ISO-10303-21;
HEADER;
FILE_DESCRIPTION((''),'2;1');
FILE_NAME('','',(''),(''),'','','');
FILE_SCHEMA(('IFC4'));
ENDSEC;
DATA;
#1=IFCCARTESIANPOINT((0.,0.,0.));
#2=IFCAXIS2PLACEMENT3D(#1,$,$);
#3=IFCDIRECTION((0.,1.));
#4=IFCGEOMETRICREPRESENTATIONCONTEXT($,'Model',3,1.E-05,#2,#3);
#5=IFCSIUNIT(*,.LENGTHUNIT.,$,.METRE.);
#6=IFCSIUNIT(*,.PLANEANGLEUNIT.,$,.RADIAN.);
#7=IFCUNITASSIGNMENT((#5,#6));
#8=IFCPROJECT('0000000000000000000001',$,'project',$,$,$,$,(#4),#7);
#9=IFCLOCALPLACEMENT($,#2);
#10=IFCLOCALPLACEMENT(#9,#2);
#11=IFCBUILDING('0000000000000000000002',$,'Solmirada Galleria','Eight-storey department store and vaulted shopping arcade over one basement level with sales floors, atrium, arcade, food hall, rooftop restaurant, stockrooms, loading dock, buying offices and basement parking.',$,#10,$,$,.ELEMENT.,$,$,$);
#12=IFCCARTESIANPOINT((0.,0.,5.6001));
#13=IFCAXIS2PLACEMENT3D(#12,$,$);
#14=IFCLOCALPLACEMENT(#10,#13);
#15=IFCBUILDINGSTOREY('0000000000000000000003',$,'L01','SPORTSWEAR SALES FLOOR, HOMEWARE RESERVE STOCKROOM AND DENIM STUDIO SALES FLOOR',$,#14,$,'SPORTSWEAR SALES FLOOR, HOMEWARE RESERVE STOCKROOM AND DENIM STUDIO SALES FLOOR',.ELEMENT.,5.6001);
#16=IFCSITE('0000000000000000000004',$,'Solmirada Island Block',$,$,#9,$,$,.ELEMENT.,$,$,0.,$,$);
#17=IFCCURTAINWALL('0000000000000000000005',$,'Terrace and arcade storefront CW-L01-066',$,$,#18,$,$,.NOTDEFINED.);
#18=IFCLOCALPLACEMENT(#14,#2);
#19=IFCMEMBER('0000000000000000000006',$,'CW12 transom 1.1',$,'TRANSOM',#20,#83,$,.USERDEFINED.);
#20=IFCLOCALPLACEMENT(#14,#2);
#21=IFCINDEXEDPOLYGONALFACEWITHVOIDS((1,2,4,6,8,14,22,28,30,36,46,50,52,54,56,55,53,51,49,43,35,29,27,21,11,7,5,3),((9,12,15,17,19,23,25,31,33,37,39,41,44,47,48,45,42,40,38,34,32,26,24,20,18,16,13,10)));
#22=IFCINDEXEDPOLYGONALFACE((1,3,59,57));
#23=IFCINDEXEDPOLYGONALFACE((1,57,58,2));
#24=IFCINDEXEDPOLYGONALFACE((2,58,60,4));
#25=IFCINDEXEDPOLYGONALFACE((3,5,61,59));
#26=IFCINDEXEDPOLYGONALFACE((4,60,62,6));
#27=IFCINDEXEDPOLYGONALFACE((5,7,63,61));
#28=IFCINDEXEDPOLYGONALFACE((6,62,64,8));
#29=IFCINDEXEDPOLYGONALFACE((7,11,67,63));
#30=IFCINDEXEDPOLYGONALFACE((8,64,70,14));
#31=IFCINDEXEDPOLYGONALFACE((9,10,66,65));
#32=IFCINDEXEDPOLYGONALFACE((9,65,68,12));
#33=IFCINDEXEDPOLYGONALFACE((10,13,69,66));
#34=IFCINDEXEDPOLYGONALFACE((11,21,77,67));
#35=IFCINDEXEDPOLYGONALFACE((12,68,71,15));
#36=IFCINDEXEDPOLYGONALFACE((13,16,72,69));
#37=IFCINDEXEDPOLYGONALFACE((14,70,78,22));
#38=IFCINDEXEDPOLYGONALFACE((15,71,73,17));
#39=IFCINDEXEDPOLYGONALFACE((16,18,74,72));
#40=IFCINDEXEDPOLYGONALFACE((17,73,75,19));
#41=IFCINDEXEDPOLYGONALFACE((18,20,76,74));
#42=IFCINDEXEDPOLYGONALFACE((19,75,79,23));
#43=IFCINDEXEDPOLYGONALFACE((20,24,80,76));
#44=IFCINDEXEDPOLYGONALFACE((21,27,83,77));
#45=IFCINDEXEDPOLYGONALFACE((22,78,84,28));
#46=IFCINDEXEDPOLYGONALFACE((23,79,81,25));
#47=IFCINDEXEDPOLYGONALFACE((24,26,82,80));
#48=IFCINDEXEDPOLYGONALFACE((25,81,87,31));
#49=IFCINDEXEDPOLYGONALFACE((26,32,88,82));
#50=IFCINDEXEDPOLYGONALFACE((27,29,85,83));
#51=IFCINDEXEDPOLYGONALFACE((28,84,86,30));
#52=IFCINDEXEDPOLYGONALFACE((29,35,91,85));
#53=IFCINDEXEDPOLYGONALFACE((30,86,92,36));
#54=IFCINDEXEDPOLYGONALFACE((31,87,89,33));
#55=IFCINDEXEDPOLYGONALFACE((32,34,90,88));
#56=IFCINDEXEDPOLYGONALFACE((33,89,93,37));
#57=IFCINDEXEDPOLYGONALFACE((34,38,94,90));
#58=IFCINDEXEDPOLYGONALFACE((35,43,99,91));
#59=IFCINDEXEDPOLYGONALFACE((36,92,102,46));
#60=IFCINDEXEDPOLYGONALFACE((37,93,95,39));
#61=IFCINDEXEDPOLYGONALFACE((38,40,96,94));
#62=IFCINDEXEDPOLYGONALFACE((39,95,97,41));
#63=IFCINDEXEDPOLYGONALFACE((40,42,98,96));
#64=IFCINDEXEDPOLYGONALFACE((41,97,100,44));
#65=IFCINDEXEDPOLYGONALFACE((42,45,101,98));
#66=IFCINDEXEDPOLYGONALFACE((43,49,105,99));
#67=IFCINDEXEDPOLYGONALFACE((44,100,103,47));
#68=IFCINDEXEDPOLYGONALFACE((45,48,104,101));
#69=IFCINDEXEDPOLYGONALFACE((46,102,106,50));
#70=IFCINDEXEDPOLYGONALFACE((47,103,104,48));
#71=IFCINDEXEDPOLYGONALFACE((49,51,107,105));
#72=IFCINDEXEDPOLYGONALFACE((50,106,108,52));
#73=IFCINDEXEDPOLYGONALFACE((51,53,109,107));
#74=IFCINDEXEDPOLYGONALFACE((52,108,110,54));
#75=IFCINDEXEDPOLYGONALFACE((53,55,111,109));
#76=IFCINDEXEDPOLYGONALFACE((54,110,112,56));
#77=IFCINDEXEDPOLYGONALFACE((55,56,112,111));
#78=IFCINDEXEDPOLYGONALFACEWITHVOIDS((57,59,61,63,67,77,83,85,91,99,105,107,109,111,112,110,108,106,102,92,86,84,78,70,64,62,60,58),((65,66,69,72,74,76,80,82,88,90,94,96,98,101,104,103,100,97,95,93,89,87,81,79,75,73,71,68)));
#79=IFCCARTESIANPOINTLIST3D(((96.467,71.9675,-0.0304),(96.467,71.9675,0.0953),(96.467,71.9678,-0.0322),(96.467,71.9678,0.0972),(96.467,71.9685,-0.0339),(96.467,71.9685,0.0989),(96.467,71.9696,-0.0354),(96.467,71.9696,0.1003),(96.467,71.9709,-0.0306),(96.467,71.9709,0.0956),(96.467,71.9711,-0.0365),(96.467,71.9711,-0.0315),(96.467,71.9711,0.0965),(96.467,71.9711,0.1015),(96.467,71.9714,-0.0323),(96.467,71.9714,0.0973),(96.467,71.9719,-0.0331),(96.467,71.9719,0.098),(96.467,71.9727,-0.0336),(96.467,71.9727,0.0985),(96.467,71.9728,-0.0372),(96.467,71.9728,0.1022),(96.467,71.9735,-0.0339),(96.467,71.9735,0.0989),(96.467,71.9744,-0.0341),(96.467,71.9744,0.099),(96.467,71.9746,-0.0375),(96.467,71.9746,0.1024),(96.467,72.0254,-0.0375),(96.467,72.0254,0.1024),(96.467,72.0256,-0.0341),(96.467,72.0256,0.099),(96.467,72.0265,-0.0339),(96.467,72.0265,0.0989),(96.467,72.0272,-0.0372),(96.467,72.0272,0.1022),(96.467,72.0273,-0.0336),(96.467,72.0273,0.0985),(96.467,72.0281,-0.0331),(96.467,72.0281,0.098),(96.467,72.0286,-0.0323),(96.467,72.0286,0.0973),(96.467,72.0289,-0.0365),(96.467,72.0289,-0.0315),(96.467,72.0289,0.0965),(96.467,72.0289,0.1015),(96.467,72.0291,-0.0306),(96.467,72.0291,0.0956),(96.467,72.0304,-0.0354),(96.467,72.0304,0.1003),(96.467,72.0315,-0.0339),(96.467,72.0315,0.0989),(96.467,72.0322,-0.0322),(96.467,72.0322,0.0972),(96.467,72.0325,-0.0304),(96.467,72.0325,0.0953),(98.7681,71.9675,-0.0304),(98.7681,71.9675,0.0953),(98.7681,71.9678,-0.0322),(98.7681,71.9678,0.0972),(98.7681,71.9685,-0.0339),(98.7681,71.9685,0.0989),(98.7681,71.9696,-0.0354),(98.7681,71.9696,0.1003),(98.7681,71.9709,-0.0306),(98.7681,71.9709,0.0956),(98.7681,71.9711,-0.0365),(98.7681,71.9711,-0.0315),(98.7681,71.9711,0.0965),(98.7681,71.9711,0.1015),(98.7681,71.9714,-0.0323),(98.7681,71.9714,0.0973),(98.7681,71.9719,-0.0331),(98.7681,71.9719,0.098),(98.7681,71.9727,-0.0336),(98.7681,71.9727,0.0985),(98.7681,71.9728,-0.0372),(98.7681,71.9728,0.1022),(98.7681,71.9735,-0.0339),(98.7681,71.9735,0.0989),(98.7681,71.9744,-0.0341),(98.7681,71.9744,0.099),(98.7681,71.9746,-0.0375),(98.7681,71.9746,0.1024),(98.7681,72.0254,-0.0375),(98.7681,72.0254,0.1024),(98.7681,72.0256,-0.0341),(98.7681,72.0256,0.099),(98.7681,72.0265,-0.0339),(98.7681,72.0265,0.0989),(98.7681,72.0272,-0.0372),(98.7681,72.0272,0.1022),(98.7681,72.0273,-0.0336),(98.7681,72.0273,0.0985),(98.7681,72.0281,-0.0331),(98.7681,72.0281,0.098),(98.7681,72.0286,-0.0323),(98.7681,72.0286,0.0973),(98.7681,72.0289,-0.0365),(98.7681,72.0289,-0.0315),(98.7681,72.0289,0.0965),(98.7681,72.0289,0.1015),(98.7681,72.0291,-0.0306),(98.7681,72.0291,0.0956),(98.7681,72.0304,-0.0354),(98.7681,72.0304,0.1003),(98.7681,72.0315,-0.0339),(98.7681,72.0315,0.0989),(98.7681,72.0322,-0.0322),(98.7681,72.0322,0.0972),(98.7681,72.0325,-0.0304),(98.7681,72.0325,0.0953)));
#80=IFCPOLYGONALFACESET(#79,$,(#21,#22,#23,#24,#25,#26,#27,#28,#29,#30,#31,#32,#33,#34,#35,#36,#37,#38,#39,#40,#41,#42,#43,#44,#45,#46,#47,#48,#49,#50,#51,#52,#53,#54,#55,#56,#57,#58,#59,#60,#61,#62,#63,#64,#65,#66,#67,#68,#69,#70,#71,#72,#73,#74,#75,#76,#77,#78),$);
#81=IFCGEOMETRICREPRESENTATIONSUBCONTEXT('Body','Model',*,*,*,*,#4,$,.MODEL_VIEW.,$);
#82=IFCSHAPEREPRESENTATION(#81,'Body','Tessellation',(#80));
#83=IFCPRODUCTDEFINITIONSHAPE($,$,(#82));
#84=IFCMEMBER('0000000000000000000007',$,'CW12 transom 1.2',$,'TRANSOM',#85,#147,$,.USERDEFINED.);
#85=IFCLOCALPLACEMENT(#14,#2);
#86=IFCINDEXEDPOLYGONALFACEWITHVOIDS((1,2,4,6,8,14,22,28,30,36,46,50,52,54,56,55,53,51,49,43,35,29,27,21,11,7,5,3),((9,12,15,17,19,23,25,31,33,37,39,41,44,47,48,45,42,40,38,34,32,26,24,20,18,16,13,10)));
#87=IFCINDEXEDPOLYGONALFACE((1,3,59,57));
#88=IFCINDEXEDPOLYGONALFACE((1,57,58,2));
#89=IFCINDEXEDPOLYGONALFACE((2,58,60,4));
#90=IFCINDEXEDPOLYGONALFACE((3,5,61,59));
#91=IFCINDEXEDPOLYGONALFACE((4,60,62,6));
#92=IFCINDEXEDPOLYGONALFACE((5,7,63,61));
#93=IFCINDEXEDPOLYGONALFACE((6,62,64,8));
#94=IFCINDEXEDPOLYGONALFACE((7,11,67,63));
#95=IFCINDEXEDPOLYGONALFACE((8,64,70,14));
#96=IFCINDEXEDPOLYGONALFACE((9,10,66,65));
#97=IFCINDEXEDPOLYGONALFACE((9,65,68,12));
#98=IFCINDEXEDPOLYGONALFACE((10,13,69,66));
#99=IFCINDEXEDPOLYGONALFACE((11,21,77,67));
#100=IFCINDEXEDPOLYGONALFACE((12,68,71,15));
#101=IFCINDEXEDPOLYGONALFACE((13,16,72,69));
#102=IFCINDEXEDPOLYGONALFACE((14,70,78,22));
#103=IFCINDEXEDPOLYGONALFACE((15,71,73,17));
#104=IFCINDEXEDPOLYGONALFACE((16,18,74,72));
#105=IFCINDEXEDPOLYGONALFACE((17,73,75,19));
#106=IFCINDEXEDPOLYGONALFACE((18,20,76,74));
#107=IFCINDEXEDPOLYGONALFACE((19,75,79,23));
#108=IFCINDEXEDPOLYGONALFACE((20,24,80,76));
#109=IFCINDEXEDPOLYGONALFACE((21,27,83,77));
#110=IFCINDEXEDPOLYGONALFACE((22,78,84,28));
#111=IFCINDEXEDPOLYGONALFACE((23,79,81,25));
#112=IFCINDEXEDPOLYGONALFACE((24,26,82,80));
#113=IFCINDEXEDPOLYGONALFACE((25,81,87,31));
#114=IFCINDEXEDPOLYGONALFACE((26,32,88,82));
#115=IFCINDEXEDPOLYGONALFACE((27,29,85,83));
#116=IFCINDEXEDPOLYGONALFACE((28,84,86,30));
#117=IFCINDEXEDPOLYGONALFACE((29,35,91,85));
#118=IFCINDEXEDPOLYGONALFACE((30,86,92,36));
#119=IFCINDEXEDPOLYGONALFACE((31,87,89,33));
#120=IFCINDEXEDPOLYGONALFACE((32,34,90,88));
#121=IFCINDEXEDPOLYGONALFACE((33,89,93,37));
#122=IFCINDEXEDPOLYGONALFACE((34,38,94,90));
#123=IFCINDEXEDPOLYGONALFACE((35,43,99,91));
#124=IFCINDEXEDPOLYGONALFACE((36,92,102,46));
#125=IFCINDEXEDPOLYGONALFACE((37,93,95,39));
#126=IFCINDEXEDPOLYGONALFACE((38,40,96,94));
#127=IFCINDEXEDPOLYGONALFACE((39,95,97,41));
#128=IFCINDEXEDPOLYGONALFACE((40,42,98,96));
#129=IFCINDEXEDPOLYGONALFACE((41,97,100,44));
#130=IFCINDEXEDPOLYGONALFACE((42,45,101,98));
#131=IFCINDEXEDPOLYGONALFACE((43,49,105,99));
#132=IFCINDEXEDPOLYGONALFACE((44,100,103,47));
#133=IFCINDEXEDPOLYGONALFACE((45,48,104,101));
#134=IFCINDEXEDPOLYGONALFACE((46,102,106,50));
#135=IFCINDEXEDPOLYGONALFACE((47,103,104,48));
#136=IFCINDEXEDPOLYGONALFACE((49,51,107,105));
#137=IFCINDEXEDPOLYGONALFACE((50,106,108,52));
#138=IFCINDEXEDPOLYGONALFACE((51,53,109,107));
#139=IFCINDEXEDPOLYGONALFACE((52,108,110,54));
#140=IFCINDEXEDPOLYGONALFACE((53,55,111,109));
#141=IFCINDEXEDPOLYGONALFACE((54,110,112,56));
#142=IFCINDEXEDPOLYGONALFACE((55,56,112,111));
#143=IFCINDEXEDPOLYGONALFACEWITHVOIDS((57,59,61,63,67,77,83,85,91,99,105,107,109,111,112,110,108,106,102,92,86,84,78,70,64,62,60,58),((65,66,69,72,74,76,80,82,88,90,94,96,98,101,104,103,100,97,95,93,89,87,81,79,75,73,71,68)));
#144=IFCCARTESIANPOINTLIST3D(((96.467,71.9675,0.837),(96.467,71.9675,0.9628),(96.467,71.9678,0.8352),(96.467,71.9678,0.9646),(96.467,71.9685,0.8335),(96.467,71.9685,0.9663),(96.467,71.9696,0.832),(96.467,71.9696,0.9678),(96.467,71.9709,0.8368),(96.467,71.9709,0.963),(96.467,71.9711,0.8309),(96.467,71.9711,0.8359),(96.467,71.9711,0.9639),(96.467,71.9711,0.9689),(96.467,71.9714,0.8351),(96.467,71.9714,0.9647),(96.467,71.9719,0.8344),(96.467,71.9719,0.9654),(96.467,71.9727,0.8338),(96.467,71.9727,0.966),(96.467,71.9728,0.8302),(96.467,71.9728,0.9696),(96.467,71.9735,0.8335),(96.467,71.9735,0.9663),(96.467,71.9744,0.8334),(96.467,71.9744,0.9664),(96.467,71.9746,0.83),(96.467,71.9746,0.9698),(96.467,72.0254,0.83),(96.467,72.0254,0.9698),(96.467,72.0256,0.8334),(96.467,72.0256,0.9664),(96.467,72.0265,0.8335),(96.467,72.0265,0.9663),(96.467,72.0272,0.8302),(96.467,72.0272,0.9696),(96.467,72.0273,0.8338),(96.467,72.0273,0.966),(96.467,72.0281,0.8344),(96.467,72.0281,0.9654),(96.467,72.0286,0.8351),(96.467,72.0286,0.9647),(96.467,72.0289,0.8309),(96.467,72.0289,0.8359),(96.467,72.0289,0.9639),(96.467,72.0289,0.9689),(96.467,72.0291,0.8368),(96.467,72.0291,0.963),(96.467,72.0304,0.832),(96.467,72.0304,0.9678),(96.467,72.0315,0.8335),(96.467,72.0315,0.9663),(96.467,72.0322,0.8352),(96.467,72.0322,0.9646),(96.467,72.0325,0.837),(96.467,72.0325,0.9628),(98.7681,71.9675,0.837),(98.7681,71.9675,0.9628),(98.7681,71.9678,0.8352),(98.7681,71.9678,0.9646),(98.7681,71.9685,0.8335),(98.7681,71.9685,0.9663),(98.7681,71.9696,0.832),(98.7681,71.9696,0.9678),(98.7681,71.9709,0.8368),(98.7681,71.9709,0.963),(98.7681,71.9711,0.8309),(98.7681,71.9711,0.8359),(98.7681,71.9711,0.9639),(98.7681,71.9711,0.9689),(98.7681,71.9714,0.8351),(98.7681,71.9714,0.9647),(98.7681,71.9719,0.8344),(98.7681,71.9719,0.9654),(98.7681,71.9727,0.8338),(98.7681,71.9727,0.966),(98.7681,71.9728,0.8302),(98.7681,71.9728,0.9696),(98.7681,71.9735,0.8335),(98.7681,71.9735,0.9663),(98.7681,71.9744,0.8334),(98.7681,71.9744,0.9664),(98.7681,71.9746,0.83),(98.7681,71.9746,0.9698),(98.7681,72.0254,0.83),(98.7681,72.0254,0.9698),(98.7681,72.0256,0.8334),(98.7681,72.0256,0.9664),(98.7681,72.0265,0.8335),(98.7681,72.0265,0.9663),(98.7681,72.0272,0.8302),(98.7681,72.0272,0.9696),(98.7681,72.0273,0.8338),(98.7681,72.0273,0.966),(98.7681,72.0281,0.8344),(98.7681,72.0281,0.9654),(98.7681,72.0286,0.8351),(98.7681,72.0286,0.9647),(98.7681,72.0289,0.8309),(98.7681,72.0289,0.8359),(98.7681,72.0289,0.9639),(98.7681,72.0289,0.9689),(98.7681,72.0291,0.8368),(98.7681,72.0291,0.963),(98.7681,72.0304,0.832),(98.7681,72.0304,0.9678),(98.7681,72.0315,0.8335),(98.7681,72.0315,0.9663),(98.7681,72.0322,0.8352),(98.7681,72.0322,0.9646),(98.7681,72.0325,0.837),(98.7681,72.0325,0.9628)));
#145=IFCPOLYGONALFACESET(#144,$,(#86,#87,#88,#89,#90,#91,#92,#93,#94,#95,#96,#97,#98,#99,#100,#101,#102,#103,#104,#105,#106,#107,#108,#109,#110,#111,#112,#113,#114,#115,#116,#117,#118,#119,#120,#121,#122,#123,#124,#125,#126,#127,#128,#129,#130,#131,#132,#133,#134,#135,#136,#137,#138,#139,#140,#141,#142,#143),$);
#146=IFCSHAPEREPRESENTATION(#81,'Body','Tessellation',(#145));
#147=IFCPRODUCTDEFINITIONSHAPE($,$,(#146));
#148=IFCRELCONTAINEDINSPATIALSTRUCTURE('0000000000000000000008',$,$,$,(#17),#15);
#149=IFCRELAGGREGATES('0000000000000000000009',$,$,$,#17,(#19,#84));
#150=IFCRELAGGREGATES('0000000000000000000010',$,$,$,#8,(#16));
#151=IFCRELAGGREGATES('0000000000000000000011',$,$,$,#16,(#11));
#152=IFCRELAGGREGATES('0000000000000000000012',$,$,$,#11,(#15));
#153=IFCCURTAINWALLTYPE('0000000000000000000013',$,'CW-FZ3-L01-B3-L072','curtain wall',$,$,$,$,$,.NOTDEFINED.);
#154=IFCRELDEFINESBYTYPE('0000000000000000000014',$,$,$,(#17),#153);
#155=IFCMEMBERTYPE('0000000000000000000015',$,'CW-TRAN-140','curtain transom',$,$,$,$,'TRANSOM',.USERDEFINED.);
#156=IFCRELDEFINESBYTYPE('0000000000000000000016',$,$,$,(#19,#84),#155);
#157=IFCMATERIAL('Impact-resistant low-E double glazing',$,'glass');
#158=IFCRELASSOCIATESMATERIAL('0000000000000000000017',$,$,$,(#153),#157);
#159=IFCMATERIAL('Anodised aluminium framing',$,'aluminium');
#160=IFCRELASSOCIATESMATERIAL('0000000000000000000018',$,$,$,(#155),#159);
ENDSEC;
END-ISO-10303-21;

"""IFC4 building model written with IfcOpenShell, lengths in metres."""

from ifc_helpers import new_model, si_unit, direction, frame, origin, origin_2d, place, context, subcontext, project, spatial, hollow_rectangle, extrude, material, material_profile, profile_set, type_object, element, aggregate, save


model = new_model("IFC4")

# Units and contexts
model_context = context("Model", 3, precision=1e-05, world=origin(), true_north=direction((0.0, 1.0)))
body_context = subcontext(model_context, "Body", "Model", "MODEL_VIEW")
ifc_project = project(units=[si_unit("LENGTHUNIT", "METRE"), si_unit("PLANEANGLEUNIT", "RADIAN")], contexts=[model_context])

# Site, building, storey
site_placement = place(None, origin())
site = spatial("IfcSite", under=ifc_project, at=site_placement, Name="Solmirada Island Block", CompositionType="ELEMENT", RefElevation=0.0)
building_placement = place(site_placement, origin())
building = spatial("IfcBuilding", under=site, at=building_placement, Name="Solmirada Galleria", Description="Eight-storey department store and vaulted shopping arcade over one basement level with sales floors, atrium, arcade, food hall, rooftop restaurant, stockrooms, loading dock, buying offices and basement parking.", CompositionType="ELEMENT")
storey_placement = place(building_placement, frame((0.0, 0.0, 5.6001)))
storey = spatial("IfcBuildingStorey", under=building, at=storey_placement, Name="L01", Description="SPORTSWEAR SALES FLOOR, HOMEWARE RESERVE STOCKROOM AND DENIM STUDIO SALES FLOOR", LongName="SPORTSWEAR SALES FLOOR, HOMEWARE RESERVE STOCKROOM AND DENIM STUDIO SALES FLOOR", CompositionType="ELEMENT", Elevation=5.6001)

# Curtain wall, members
ifc_material_1 = material(Name="Impact-resistant low-E double glazing", Category="glass")
curtain_wall_type = type_object("IfcCurtainWallType", Name="CW-FZ3-L01-B3-L072", Description="curtain wall", PredefinedType="NOTDEFINED", material=ifc_material_1)
curtain_wall_placement = place(storey_placement, origin())
curtain_wall = element("IfcCurtainWall", 1, at=curtain_wall_placement, inside=storey, type_object=curtain_wall_type, Name="Terrace and arcade storefront CW-L01-066", PredefinedType="NOTDEFINED")
ifc_material_2 = material(Name="Anodised aluminium framing", Category="aluminium")
ifc_material_profile_1 = material_profile(ifc_material_2, hollow_rectangle(XDim=0.0649, YDim=0.1399, WallThickness=0.0034, InnerFilletRadius=0.0034, OuterFilletRadius=0.0071, at=origin_2d()), Name="ALU-TRAN-140X65")
ifc_profile_set_1 = profile_set([ifc_material_profile_1], Name="Anodised aluminium framing")
member_type_1 = type_object("IfcMemberType", Name="CW-TRAN-140", Description="curtain transom", ElementType="TRANSOM", PredefinedType="USERDEFINED", material=ifc_profile_set_1)
member_1_placement = place(storey_placement, frame((96.467, 72.0, 0.0325), z_axis=(1.0, 0.0, 0.0), x_axis=(0.0, 1.0, 0.0)))
member_1 = element("IfcMember", 2, at=member_1_placement, type_object=member_type_1, Name="CW12 transom 1.1", ObjectType="TRANSOM", PredefinedType="USERDEFINED", context=body_context, shape_type="SweptSolid", body=[
    extrude(hollow_rectangle(XDim=0.0649, YDim=0.1399, WallThickness=0.0034, InnerFilletRadius=0.0034, OuterFilletRadius=0.0071, at=origin_2d()), origin(), (0.0, 0.0, 1.0), 2.301),
])
member_2_placement = place(storey_placement, frame((96.467, 72.0, 0.8999), z_axis=(1.0, 0.0, 0.0), x_axis=(0.0, 1.0, 0.0)))
member_2 = element("IfcMember", 3, at=member_2_placement, type_object=member_type_1, Name="CW12 transom 1.2", ObjectType="TRANSOM", PredefinedType="USERDEFINED", context=body_context, shape_type="SweptSolid", body=[
    extrude(hollow_rectangle(XDim=0.0649, YDim=0.1399, WallThickness=0.0034, InnerFilletRadius=0.0034, OuterFilletRadius=0.0071, at=origin_2d()), origin(), (0.0, 0.0, 1.0), 2.301),
])
aggregate(curtain_wall, [member_1, member_2])

save(model, "model.ifc")
